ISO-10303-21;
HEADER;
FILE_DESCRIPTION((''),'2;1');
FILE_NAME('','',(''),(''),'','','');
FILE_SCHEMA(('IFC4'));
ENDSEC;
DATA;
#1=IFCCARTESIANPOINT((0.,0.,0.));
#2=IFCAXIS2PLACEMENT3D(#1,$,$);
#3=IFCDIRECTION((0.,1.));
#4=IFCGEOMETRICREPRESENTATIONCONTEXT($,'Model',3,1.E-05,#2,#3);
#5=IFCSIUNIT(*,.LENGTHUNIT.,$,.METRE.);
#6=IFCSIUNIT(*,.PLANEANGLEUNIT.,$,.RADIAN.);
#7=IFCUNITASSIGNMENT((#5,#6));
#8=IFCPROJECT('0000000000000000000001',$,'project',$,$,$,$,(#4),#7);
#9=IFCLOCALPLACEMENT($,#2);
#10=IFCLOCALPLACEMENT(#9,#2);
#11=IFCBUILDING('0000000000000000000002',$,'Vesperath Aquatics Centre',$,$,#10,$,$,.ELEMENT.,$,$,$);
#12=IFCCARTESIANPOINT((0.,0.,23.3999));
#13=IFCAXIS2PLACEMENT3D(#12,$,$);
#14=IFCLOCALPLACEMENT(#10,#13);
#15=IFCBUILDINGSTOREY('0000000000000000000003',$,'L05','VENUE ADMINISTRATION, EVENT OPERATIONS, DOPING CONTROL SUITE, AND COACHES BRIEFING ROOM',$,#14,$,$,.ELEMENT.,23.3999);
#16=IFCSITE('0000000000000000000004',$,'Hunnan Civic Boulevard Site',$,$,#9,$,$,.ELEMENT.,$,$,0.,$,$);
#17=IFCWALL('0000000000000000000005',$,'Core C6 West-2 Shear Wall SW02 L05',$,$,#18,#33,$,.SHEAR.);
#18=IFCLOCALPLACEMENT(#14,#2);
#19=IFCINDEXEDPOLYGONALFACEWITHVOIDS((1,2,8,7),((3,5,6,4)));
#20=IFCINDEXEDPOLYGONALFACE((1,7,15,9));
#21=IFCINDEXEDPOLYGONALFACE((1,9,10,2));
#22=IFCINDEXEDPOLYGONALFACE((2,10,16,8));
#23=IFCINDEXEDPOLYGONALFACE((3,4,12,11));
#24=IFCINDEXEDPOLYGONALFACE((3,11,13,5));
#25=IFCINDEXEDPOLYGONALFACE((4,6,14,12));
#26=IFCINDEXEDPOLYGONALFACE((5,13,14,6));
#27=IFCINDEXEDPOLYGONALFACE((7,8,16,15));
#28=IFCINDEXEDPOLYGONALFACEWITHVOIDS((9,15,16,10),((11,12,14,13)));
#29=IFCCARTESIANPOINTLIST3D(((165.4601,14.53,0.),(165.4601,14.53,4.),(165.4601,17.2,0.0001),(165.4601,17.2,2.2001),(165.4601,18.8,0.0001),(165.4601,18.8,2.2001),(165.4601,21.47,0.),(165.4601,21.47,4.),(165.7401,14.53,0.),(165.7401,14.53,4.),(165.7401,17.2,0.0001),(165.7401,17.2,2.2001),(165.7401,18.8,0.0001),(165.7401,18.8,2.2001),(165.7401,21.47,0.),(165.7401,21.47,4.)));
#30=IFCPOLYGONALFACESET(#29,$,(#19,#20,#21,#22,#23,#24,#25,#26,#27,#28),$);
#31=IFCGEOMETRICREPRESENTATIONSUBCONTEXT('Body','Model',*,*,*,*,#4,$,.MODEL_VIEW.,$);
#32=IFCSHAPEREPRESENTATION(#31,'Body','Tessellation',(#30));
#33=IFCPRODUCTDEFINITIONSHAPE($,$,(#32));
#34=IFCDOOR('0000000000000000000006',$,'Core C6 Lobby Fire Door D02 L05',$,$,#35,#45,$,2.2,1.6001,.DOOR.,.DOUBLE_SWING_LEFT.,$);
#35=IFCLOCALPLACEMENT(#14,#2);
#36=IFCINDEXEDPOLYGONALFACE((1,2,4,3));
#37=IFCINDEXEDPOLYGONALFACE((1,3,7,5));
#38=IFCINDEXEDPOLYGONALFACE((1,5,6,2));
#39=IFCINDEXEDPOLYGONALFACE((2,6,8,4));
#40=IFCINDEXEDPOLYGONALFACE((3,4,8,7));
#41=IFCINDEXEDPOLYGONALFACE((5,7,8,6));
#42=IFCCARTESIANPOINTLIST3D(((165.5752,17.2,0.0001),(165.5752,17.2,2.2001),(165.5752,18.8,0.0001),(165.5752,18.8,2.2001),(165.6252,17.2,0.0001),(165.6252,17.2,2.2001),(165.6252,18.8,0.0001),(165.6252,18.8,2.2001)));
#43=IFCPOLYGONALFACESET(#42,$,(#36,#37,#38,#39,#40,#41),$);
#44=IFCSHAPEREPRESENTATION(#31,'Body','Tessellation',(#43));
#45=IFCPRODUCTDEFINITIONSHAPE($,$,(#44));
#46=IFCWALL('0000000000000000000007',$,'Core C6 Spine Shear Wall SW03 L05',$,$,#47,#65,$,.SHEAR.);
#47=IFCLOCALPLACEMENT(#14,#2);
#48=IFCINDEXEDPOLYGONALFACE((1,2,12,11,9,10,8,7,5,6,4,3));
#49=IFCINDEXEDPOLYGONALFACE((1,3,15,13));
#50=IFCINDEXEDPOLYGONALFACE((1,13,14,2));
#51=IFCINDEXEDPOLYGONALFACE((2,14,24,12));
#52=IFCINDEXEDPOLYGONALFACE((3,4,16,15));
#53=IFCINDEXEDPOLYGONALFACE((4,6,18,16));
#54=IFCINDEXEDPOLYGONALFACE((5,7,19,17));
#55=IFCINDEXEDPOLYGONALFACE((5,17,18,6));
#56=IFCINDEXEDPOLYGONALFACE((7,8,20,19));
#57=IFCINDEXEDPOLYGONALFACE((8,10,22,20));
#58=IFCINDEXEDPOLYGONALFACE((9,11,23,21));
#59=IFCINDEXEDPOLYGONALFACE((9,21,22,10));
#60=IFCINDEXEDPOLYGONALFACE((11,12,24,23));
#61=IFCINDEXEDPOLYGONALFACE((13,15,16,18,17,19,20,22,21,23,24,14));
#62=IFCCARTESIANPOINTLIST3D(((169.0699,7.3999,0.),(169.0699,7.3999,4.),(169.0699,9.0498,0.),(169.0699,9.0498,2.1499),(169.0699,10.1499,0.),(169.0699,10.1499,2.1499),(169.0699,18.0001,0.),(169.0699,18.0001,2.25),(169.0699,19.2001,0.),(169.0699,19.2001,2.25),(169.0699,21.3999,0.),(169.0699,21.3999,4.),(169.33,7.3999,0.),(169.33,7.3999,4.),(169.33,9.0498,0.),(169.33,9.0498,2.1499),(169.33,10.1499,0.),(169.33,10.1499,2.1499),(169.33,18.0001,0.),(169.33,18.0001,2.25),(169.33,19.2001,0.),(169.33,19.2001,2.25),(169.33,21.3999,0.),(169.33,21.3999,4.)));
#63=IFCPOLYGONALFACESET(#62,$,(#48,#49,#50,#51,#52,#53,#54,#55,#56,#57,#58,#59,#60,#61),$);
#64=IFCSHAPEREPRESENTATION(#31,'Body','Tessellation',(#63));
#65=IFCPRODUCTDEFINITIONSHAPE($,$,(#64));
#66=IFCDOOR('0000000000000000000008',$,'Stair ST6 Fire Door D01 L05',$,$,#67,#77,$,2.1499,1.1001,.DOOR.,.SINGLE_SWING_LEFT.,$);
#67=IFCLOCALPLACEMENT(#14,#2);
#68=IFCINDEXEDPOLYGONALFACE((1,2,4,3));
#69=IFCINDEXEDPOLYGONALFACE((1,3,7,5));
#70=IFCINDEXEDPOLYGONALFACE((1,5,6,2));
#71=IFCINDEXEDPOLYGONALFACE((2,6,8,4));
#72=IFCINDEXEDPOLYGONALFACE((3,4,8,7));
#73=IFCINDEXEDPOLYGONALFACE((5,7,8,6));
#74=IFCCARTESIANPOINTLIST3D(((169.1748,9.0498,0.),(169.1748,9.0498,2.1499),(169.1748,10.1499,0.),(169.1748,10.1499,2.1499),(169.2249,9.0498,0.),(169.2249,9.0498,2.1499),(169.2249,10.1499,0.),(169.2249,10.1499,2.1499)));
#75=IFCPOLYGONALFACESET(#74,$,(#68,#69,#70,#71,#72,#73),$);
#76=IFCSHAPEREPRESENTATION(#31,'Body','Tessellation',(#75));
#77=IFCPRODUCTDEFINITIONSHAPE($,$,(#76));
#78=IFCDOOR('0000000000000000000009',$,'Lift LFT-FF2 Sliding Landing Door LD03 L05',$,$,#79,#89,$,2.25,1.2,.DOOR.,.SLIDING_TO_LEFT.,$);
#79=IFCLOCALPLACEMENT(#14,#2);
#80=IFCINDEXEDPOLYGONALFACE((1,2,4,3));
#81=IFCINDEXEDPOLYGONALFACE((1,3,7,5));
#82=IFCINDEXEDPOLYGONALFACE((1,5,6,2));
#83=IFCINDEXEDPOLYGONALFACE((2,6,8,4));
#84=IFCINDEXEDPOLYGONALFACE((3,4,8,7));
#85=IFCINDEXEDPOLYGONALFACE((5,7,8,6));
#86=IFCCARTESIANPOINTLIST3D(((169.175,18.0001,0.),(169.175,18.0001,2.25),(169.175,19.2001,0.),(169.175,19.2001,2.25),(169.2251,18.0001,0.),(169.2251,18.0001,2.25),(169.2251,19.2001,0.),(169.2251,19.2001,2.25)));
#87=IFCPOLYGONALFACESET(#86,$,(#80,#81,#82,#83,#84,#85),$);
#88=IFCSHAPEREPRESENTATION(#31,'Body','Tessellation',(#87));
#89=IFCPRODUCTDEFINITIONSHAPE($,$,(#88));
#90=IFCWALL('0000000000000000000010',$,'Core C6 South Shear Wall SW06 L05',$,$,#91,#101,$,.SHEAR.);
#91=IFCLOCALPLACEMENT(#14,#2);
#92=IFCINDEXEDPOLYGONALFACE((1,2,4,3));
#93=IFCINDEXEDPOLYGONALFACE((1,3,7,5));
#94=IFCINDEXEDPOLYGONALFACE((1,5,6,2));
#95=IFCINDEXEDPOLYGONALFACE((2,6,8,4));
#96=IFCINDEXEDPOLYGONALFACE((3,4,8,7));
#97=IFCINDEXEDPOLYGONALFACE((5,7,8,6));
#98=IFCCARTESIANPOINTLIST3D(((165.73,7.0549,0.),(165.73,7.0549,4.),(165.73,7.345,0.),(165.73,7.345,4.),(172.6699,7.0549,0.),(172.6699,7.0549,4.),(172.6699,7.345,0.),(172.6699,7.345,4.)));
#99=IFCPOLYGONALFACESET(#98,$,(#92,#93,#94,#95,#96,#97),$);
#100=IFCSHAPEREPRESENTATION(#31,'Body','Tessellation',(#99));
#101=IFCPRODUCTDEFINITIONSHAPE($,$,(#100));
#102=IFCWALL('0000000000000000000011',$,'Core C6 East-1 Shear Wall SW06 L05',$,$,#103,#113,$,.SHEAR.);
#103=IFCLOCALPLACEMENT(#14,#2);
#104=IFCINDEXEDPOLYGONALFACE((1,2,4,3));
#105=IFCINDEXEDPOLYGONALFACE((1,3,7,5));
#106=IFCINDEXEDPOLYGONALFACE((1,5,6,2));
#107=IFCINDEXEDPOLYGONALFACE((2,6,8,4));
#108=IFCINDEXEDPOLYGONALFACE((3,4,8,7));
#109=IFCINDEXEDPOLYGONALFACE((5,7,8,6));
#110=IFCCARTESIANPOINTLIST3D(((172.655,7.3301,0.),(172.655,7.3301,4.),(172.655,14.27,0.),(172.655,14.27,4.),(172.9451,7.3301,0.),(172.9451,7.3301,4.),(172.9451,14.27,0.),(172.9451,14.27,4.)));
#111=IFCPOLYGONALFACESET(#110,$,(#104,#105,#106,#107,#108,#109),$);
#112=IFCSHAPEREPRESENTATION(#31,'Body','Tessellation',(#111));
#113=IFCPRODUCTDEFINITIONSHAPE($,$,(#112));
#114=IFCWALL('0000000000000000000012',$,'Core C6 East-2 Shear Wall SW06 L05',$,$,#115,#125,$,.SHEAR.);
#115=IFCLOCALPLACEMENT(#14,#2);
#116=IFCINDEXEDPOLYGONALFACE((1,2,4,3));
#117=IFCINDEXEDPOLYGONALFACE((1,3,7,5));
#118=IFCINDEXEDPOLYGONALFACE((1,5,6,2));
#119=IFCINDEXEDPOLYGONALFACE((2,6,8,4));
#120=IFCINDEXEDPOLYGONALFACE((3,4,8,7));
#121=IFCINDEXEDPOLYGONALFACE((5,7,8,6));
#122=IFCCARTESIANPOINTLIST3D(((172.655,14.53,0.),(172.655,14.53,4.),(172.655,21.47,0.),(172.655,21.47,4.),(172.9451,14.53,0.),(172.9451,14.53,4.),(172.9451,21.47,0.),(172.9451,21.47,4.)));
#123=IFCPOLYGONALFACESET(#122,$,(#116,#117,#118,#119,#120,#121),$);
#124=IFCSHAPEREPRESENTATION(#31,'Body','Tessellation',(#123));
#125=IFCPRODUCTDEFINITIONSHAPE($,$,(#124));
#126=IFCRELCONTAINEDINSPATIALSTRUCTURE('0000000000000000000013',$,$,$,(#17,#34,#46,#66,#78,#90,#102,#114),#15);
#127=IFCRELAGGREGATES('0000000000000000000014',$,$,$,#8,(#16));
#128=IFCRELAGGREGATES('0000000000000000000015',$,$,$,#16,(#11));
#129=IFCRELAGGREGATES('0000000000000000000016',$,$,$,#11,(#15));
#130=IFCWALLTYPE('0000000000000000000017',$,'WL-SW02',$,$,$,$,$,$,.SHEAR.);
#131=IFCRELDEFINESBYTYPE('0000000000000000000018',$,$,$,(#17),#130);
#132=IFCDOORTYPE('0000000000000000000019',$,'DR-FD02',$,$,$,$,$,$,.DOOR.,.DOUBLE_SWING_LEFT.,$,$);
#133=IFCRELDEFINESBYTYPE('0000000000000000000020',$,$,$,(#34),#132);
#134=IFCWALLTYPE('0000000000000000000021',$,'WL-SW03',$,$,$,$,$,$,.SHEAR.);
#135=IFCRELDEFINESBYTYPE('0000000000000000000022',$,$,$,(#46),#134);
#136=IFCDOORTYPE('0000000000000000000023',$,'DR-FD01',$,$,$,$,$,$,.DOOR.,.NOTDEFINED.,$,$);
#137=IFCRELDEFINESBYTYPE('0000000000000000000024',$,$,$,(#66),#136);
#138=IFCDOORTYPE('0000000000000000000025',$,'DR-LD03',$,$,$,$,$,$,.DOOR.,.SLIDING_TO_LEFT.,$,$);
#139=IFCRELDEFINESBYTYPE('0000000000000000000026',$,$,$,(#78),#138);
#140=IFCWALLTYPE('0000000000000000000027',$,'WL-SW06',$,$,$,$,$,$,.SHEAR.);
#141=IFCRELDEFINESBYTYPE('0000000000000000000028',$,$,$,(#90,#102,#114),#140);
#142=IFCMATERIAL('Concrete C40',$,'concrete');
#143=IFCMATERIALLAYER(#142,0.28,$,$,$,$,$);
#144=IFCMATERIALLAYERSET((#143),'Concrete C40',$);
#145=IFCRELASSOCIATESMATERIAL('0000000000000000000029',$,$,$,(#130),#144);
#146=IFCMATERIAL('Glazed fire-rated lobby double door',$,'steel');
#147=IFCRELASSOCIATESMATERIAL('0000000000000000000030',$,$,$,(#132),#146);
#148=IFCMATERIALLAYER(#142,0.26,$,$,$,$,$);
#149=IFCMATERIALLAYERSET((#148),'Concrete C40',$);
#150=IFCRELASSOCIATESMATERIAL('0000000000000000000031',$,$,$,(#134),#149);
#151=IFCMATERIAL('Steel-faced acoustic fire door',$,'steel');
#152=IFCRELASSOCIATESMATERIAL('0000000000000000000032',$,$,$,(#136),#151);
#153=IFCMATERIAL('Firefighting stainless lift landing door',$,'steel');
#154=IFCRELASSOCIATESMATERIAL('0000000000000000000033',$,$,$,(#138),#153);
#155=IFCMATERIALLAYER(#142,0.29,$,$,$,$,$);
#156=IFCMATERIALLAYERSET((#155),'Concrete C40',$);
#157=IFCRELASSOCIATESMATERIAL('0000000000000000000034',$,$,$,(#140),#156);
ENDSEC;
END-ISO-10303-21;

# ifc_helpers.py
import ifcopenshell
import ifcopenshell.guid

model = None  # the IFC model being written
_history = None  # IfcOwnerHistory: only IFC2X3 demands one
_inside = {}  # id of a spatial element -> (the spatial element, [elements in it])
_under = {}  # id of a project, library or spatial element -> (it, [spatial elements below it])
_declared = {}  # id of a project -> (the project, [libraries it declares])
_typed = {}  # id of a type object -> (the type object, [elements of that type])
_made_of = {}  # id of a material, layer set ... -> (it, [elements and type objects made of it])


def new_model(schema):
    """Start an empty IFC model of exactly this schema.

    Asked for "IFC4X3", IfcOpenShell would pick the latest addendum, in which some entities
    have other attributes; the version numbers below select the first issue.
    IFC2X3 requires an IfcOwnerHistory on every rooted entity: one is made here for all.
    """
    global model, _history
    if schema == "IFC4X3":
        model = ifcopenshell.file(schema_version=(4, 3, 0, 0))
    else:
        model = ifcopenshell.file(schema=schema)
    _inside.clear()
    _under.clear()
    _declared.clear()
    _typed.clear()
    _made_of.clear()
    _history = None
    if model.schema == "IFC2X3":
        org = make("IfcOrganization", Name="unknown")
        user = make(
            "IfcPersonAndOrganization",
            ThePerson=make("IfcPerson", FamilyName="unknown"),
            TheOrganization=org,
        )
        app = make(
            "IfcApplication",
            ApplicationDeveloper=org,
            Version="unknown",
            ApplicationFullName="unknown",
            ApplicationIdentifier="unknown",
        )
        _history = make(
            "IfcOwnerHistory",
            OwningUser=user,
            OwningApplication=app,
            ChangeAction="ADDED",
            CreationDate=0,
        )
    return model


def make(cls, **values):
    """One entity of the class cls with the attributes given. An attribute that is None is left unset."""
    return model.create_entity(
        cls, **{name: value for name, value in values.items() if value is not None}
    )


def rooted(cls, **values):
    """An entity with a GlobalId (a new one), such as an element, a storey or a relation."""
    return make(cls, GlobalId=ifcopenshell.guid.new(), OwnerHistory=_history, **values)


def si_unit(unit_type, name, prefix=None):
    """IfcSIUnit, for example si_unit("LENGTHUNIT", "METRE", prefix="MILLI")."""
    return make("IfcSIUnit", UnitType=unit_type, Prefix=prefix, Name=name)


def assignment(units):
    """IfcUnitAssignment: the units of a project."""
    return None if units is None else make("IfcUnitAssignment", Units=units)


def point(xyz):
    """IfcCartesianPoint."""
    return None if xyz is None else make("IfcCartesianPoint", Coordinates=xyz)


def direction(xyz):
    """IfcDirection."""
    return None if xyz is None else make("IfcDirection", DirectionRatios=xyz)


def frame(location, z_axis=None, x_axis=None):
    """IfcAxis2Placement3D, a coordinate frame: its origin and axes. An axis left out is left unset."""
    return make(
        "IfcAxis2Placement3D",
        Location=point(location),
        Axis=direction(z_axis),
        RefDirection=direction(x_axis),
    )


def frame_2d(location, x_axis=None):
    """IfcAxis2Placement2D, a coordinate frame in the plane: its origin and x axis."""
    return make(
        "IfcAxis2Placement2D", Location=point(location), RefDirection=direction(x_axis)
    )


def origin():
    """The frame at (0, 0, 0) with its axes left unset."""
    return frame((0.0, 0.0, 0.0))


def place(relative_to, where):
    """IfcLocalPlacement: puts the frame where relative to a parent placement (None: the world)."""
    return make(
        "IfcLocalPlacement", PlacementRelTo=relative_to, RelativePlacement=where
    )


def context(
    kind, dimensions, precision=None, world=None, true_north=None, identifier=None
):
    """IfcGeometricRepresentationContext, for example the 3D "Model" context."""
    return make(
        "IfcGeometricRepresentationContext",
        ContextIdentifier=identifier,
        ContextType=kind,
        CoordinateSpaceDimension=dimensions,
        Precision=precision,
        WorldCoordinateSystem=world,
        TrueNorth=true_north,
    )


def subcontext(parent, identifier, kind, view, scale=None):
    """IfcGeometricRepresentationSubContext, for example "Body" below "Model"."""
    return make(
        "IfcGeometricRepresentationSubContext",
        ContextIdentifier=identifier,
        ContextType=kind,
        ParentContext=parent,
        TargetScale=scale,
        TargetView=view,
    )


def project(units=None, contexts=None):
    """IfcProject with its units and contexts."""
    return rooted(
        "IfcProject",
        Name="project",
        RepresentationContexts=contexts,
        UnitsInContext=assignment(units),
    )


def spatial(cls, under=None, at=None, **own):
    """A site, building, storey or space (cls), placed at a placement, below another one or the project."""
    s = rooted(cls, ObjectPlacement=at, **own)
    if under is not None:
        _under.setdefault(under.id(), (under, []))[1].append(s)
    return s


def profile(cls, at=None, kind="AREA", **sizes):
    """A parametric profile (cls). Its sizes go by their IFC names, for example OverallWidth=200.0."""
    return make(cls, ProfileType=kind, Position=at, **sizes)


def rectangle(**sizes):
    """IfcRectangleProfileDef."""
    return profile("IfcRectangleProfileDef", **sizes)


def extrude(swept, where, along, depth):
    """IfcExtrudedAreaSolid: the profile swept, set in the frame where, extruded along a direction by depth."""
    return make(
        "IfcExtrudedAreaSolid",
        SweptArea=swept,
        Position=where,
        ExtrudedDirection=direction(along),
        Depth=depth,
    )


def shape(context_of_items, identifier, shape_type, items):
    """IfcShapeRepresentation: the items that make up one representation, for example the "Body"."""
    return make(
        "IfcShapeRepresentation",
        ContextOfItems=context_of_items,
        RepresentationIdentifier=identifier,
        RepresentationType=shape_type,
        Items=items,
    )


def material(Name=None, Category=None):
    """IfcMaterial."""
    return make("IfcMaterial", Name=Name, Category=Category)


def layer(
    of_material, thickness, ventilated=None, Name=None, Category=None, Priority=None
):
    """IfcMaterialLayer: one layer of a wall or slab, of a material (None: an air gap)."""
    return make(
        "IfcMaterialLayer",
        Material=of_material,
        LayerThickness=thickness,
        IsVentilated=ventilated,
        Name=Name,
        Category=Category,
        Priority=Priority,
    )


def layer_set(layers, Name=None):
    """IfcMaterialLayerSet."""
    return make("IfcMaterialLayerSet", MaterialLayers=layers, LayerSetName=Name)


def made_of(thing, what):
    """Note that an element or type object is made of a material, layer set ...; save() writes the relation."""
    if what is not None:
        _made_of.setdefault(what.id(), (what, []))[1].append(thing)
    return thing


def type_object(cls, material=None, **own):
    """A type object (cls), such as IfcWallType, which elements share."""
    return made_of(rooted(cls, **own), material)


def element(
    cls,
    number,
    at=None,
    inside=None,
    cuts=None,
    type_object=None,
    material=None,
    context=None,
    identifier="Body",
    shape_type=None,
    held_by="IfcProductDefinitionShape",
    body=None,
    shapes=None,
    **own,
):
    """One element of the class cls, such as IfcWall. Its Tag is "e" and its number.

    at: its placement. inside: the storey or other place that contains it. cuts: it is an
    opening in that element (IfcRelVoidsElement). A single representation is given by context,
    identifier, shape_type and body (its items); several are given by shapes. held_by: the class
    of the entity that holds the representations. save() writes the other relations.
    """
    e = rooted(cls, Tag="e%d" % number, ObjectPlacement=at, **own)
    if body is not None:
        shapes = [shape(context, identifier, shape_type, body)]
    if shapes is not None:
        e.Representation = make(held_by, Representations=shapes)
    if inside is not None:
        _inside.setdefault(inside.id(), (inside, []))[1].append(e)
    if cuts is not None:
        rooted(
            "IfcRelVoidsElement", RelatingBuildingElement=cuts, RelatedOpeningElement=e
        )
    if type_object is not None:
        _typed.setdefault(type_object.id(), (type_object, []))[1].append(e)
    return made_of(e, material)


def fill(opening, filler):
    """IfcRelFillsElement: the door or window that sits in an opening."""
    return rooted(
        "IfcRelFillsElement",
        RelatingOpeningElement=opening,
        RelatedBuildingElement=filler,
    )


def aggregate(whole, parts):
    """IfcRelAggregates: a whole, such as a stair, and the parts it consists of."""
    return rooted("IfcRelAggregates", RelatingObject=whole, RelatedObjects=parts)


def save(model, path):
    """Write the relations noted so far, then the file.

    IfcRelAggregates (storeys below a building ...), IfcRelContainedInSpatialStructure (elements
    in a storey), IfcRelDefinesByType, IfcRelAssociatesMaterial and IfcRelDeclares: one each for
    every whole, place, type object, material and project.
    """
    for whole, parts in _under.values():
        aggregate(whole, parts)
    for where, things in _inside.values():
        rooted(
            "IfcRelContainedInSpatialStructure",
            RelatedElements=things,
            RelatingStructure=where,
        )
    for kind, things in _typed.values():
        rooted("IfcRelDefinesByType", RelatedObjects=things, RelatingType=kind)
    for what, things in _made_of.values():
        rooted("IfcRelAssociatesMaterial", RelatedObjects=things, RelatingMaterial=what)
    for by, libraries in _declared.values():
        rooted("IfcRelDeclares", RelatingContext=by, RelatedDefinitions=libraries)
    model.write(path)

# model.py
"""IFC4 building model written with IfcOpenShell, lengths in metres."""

from ifc_helpers import new_model, si_unit, direction, frame, frame_2d, origin, place, context, subcontext, project, spatial, rectangle, extrude, material, layer, layer_set, type_object, element, fill, save


model = new_model("IFC4")

# Units and contexts
model_context = context("Model", 3, precision=1e-05, world=origin(), true_north=direction((0.0, 1.0)))
body_context = subcontext(model_context, "Body", "Model", "MODEL_VIEW")
ifc_project = project(units=[si_unit("LENGTHUNIT", "METRE"), si_unit("PLANEANGLEUNIT", "RADIAN")], contexts=[model_context])

# Site, building, storey
site_placement = place(None, origin())
site = spatial("IfcSite", under=ifc_project, at=site_placement, Name="Hunnan Civic Boulevard Site", CompositionType="ELEMENT", RefElevation=0.0)
building_placement = place(site_placement, origin())
building = spatial("IfcBuilding", under=site, at=building_placement, Name="Vesperath Aquatics Centre", CompositionType="ELEMENT")
storey_placement = place(building_placement, frame((0.0, 0.0, 23.3999)))
storey = spatial("IfcBuildingStorey", under=building, at=storey_placement, Name="L05", Description="VENUE ADMINISTRATION, EVENT OPERATIONS, DOPING CONTROL SUITE, AND COACHES BRIEFING ROOM", CompositionType="ELEMENT", Elevation=23.3999)

# Shared definitions
ifc_material_1 = material(Name="Concrete C40", Category="concrete")
ifc_layer_1 = layer(ifc_material_1, 0.28)
ifc_layer_set_1 = layer_set([ifc_layer_1], Name="Concrete C40")
wall_type_1 = type_object("IfcWallType", Name="WL-SW02", PredefinedType="SHEAR", material=ifc_layer_set_1)

# Wall, opening, door
wall_1_placement = place(storey_placement, frame((165.6001, 14.53, 0.0), z_axis=(0.0, 0.0, 1.0), x_axis=(0.0, 1.0, 0.0)))
wall_1 = element("IfcWall", 1, at=wall_1_placement, inside=storey, type_object=wall_type_1, Name="Core C6 West-2 Shear Wall SW02 L05", PredefinedType="SHEAR", context=body_context, shape_type="SweptSolid", body=[
    extrude(rectangle(XDim=6.9399, YDim=0.28, at=frame_2d((3.47, 0.0))), origin(), (0.0, 0.0, 1.0), 4.0),
])
opening_1_placement = place(wall_1_placement, frame((2.6699, 0.0, 0.0)))
opening_1 = element("IfcOpeningElement", 2, at=opening_1_placement, cuts=wall_1, PredefinedType="OPENING", context=body_context, shape_type="SweptSolid", body=[
    extrude(rectangle(XDim=1.6001, YDim=2.2, at=frame_2d((0.8, 1.1001))), frame((0.0, 0.1548, 0.0), z_axis=(0.0, -1.0, 0.0), x_axis=(1.0, 0.0, 0.0)), (0.0, 0.0, 1.0), 0.3098),
])
ifc_material_2 = material(Name="Glazed fire-rated lobby double door", Category="steel")
door_type_1 = type_object("IfcDoorType", Name="DR-FD02", OperationType="DOUBLE_SWING_LEFT", PredefinedType="DOOR", material=ifc_material_2)
door_1_placement = place(opening_1_placement, origin())
door_1 = element("IfcDoor", 3, at=door_1_placement, inside=storey, type_object=door_type_1, Name="Core C6 Lobby Fire Door D02 L05", OperationType="DOUBLE_SWING_LEFT", OverallHeight=2.2, OverallWidth=1.6001, PredefinedType="DOOR", context=body_context, shape_type="SweptSolid", body=[
    extrude(rectangle(XDim=1.6001, YDim=2.2, at=frame_2d((0.8, 1.1001))), frame((0.0, 0.0249, 0.0), z_axis=(0.0, -1.0, 0.0), x_axis=(1.0, 0.0, 0.0)), (0.0, 0.0, 1.0), 0.05),
])
fill(opening_1, door_1)

# Wall, openings, doors
ifc_layer_2 = layer(ifc_material_1, 0.26)
ifc_layer_set_2 = layer_set([ifc_layer_2], Name="Concrete C40")
wall_type_2 = type_object("IfcWallType", Name="WL-SW03", PredefinedType="SHEAR", material=ifc_layer_set_2)
wall_2_placement = place(storey_placement, frame((169.2, 7.3999, 0.0), z_axis=(0.0, 0.0, 1.0), x_axis=(0.0, 1.0, 0.0)))
wall_2 = element("IfcWall", 4, at=wall_2_placement, inside=storey, type_object=wall_type_2, Name="Core C6 Spine Shear Wall SW03 L05", PredefinedType="SHEAR", context=body_context, shape_type="SweptSolid", body=[
    extrude(rectangle(XDim=14.0, YDim=0.26, at=frame_2d((7.0, 0.0))), origin(), (0.0, 0.0, 1.0), 4.0),
])
opening_2_placement = place(wall_2_placement, frame((1.6499, 0.0, 0.0)))
opening_2 = element("IfcOpeningElement", 5, at=opening_2_placement, cuts=wall_2, PredefinedType="OPENING", context=body_context, shape_type="SweptSolid", body=[
    extrude(rectangle(XDim=1.1001, YDim=2.1499, at=frame_2d((0.55, 1.075))), frame((0.0, 0.145, 0.0), z_axis=(0.0, -1.0, 0.0), x_axis=(1.0, 0.0, 0.0)), (0.0, 0.0, 1.0), 0.2898),
])
opening_3_placement = place(wall_2_placement, frame((10.6001, 0.0, 0.0)))
opening_3 = element("IfcOpeningElement", 6, at=opening_3_placement, cuts=wall_2, PredefinedType="OPENING", context=body_context, shape_type="SweptSolid", body=[
    extrude(rectangle(XDim=1.2, YDim=2.25, at=frame_2d((0.6001, 1.125))), frame((0.0, 0.145, 0.0), z_axis=(0.0, -1.0, 0.0), x_axis=(1.0, 0.0, 0.0)), (0.0, 0.0, 1.0), 0.2898),
])
ifc_material_3 = material(Name="Steel-faced acoustic fire door", Category="steel")
door_type_2 = type_object("IfcDoorType", Name="DR-FD01", OperationType="NOTDEFINED", PredefinedType="DOOR", material=ifc_material_3)
door_2_placement = place(opening_2_placement, frame((1.1001, 0.0, 0.0), z_axis=(0.0, 0.0, 1.0), x_axis=(-1.0, 0.0, 0.0)))
door_2 = element("IfcDoor", 7, at=door_2_placement, inside=storey, type_object=door_type_2, Name="Stair ST6 Fire Door D01 L05", OperationType="SINGLE_SWING_LEFT", OverallHeight=2.1499, OverallWidth=1.1001, PredefinedType="DOOR", context=body_context, shape_type="SweptSolid", body=[
    extrude(rectangle(XDim=1.1001, YDim=2.1499, at=frame_2d((0.55, 1.075))), frame((0.0, 0.0249, 0.0), z_axis=(0.0, -1.0, 0.0), x_axis=(1.0, 0.0, 0.0)), (0.0, 0.0, 1.0), 0.05),
])
fill(opening_2, door_2)
ifc_material_4 = material(Name="Firefighting stainless lift landing door", Category="steel")
door_type_3 = type_object("IfcDoorType", Name="DR-LD03", OperationType="SLIDING_TO_LEFT", PredefinedType="DOOR", material=ifc_material_4)
door_3_placement = place(opening_3_placement, origin())
door_3 = element("IfcDoor", 8, at=door_3_placement, inside=storey, type_object=door_type_3, Name="Lift LFT-FF2 Sliding Landing Door LD03 L05", OperationType="SLIDING_TO_LEFT", OverallHeight=2.25, OverallWidth=1.2, PredefinedType="DOOR", context=body_context, shape_type="SweptSolid", body=[
    extrude(rectangle(XDim=1.2, YDim=2.25, at=frame_2d((0.6001, 1.125))), frame((0.0, 0.0249, 0.0), z_axis=(0.0, -1.0, 0.0), x_axis=(1.0, 0.0, 0.0)), (0.0, 0.0, 1.0), 0.05),
])
fill(opening_3, door_3)

# Walls
ifc_layer_3 = layer(ifc_material_1, 0.29)
ifc_layer_set_3 = layer_set([ifc_layer_3], Name="Concrete C40")
wall_type_3 = type_object("IfcWallType", Name="WL-SW06", PredefinedType="SHEAR", material=ifc_layer_set_3)
for number, where, z_axis, x_axis, name in (
    (9, (165.73, 7.2, 0.0), (0.0, 0.0, 1.0), (1.0, 0.0, 0.0), "Core C6 South Shear Wall SW06 L05"),
    (10, (172.8, 7.3301, 0.0), (0.0, 0.0, 1.0), (0.0, 1.0, 0.0), "Core C6 East-1 Shear Wall SW06 L05"),
    (11, (172.8, 14.53, 0.0), (0.0, 0.0, 1.0), (0.0, 1.0, 0.0), "Core C6 East-2 Shear Wall SW06 L05"),
):
    element("IfcWall", number, at=place(storey_placement, frame(where, z_axis=z_axis, x_axis=x_axis)), inside=storey, type_object=wall_type_3, Name=name, PredefinedType="SHEAR", context=body_context, shape_type="SweptSolid", body=[
        extrude(rectangle(XDim=6.9399, YDim=0.29, at=frame_2d((3.47, 0.0))), origin(), (0.0, 0.0, 1.0), 4.0),
    ])

save(model, "model.ifc")
